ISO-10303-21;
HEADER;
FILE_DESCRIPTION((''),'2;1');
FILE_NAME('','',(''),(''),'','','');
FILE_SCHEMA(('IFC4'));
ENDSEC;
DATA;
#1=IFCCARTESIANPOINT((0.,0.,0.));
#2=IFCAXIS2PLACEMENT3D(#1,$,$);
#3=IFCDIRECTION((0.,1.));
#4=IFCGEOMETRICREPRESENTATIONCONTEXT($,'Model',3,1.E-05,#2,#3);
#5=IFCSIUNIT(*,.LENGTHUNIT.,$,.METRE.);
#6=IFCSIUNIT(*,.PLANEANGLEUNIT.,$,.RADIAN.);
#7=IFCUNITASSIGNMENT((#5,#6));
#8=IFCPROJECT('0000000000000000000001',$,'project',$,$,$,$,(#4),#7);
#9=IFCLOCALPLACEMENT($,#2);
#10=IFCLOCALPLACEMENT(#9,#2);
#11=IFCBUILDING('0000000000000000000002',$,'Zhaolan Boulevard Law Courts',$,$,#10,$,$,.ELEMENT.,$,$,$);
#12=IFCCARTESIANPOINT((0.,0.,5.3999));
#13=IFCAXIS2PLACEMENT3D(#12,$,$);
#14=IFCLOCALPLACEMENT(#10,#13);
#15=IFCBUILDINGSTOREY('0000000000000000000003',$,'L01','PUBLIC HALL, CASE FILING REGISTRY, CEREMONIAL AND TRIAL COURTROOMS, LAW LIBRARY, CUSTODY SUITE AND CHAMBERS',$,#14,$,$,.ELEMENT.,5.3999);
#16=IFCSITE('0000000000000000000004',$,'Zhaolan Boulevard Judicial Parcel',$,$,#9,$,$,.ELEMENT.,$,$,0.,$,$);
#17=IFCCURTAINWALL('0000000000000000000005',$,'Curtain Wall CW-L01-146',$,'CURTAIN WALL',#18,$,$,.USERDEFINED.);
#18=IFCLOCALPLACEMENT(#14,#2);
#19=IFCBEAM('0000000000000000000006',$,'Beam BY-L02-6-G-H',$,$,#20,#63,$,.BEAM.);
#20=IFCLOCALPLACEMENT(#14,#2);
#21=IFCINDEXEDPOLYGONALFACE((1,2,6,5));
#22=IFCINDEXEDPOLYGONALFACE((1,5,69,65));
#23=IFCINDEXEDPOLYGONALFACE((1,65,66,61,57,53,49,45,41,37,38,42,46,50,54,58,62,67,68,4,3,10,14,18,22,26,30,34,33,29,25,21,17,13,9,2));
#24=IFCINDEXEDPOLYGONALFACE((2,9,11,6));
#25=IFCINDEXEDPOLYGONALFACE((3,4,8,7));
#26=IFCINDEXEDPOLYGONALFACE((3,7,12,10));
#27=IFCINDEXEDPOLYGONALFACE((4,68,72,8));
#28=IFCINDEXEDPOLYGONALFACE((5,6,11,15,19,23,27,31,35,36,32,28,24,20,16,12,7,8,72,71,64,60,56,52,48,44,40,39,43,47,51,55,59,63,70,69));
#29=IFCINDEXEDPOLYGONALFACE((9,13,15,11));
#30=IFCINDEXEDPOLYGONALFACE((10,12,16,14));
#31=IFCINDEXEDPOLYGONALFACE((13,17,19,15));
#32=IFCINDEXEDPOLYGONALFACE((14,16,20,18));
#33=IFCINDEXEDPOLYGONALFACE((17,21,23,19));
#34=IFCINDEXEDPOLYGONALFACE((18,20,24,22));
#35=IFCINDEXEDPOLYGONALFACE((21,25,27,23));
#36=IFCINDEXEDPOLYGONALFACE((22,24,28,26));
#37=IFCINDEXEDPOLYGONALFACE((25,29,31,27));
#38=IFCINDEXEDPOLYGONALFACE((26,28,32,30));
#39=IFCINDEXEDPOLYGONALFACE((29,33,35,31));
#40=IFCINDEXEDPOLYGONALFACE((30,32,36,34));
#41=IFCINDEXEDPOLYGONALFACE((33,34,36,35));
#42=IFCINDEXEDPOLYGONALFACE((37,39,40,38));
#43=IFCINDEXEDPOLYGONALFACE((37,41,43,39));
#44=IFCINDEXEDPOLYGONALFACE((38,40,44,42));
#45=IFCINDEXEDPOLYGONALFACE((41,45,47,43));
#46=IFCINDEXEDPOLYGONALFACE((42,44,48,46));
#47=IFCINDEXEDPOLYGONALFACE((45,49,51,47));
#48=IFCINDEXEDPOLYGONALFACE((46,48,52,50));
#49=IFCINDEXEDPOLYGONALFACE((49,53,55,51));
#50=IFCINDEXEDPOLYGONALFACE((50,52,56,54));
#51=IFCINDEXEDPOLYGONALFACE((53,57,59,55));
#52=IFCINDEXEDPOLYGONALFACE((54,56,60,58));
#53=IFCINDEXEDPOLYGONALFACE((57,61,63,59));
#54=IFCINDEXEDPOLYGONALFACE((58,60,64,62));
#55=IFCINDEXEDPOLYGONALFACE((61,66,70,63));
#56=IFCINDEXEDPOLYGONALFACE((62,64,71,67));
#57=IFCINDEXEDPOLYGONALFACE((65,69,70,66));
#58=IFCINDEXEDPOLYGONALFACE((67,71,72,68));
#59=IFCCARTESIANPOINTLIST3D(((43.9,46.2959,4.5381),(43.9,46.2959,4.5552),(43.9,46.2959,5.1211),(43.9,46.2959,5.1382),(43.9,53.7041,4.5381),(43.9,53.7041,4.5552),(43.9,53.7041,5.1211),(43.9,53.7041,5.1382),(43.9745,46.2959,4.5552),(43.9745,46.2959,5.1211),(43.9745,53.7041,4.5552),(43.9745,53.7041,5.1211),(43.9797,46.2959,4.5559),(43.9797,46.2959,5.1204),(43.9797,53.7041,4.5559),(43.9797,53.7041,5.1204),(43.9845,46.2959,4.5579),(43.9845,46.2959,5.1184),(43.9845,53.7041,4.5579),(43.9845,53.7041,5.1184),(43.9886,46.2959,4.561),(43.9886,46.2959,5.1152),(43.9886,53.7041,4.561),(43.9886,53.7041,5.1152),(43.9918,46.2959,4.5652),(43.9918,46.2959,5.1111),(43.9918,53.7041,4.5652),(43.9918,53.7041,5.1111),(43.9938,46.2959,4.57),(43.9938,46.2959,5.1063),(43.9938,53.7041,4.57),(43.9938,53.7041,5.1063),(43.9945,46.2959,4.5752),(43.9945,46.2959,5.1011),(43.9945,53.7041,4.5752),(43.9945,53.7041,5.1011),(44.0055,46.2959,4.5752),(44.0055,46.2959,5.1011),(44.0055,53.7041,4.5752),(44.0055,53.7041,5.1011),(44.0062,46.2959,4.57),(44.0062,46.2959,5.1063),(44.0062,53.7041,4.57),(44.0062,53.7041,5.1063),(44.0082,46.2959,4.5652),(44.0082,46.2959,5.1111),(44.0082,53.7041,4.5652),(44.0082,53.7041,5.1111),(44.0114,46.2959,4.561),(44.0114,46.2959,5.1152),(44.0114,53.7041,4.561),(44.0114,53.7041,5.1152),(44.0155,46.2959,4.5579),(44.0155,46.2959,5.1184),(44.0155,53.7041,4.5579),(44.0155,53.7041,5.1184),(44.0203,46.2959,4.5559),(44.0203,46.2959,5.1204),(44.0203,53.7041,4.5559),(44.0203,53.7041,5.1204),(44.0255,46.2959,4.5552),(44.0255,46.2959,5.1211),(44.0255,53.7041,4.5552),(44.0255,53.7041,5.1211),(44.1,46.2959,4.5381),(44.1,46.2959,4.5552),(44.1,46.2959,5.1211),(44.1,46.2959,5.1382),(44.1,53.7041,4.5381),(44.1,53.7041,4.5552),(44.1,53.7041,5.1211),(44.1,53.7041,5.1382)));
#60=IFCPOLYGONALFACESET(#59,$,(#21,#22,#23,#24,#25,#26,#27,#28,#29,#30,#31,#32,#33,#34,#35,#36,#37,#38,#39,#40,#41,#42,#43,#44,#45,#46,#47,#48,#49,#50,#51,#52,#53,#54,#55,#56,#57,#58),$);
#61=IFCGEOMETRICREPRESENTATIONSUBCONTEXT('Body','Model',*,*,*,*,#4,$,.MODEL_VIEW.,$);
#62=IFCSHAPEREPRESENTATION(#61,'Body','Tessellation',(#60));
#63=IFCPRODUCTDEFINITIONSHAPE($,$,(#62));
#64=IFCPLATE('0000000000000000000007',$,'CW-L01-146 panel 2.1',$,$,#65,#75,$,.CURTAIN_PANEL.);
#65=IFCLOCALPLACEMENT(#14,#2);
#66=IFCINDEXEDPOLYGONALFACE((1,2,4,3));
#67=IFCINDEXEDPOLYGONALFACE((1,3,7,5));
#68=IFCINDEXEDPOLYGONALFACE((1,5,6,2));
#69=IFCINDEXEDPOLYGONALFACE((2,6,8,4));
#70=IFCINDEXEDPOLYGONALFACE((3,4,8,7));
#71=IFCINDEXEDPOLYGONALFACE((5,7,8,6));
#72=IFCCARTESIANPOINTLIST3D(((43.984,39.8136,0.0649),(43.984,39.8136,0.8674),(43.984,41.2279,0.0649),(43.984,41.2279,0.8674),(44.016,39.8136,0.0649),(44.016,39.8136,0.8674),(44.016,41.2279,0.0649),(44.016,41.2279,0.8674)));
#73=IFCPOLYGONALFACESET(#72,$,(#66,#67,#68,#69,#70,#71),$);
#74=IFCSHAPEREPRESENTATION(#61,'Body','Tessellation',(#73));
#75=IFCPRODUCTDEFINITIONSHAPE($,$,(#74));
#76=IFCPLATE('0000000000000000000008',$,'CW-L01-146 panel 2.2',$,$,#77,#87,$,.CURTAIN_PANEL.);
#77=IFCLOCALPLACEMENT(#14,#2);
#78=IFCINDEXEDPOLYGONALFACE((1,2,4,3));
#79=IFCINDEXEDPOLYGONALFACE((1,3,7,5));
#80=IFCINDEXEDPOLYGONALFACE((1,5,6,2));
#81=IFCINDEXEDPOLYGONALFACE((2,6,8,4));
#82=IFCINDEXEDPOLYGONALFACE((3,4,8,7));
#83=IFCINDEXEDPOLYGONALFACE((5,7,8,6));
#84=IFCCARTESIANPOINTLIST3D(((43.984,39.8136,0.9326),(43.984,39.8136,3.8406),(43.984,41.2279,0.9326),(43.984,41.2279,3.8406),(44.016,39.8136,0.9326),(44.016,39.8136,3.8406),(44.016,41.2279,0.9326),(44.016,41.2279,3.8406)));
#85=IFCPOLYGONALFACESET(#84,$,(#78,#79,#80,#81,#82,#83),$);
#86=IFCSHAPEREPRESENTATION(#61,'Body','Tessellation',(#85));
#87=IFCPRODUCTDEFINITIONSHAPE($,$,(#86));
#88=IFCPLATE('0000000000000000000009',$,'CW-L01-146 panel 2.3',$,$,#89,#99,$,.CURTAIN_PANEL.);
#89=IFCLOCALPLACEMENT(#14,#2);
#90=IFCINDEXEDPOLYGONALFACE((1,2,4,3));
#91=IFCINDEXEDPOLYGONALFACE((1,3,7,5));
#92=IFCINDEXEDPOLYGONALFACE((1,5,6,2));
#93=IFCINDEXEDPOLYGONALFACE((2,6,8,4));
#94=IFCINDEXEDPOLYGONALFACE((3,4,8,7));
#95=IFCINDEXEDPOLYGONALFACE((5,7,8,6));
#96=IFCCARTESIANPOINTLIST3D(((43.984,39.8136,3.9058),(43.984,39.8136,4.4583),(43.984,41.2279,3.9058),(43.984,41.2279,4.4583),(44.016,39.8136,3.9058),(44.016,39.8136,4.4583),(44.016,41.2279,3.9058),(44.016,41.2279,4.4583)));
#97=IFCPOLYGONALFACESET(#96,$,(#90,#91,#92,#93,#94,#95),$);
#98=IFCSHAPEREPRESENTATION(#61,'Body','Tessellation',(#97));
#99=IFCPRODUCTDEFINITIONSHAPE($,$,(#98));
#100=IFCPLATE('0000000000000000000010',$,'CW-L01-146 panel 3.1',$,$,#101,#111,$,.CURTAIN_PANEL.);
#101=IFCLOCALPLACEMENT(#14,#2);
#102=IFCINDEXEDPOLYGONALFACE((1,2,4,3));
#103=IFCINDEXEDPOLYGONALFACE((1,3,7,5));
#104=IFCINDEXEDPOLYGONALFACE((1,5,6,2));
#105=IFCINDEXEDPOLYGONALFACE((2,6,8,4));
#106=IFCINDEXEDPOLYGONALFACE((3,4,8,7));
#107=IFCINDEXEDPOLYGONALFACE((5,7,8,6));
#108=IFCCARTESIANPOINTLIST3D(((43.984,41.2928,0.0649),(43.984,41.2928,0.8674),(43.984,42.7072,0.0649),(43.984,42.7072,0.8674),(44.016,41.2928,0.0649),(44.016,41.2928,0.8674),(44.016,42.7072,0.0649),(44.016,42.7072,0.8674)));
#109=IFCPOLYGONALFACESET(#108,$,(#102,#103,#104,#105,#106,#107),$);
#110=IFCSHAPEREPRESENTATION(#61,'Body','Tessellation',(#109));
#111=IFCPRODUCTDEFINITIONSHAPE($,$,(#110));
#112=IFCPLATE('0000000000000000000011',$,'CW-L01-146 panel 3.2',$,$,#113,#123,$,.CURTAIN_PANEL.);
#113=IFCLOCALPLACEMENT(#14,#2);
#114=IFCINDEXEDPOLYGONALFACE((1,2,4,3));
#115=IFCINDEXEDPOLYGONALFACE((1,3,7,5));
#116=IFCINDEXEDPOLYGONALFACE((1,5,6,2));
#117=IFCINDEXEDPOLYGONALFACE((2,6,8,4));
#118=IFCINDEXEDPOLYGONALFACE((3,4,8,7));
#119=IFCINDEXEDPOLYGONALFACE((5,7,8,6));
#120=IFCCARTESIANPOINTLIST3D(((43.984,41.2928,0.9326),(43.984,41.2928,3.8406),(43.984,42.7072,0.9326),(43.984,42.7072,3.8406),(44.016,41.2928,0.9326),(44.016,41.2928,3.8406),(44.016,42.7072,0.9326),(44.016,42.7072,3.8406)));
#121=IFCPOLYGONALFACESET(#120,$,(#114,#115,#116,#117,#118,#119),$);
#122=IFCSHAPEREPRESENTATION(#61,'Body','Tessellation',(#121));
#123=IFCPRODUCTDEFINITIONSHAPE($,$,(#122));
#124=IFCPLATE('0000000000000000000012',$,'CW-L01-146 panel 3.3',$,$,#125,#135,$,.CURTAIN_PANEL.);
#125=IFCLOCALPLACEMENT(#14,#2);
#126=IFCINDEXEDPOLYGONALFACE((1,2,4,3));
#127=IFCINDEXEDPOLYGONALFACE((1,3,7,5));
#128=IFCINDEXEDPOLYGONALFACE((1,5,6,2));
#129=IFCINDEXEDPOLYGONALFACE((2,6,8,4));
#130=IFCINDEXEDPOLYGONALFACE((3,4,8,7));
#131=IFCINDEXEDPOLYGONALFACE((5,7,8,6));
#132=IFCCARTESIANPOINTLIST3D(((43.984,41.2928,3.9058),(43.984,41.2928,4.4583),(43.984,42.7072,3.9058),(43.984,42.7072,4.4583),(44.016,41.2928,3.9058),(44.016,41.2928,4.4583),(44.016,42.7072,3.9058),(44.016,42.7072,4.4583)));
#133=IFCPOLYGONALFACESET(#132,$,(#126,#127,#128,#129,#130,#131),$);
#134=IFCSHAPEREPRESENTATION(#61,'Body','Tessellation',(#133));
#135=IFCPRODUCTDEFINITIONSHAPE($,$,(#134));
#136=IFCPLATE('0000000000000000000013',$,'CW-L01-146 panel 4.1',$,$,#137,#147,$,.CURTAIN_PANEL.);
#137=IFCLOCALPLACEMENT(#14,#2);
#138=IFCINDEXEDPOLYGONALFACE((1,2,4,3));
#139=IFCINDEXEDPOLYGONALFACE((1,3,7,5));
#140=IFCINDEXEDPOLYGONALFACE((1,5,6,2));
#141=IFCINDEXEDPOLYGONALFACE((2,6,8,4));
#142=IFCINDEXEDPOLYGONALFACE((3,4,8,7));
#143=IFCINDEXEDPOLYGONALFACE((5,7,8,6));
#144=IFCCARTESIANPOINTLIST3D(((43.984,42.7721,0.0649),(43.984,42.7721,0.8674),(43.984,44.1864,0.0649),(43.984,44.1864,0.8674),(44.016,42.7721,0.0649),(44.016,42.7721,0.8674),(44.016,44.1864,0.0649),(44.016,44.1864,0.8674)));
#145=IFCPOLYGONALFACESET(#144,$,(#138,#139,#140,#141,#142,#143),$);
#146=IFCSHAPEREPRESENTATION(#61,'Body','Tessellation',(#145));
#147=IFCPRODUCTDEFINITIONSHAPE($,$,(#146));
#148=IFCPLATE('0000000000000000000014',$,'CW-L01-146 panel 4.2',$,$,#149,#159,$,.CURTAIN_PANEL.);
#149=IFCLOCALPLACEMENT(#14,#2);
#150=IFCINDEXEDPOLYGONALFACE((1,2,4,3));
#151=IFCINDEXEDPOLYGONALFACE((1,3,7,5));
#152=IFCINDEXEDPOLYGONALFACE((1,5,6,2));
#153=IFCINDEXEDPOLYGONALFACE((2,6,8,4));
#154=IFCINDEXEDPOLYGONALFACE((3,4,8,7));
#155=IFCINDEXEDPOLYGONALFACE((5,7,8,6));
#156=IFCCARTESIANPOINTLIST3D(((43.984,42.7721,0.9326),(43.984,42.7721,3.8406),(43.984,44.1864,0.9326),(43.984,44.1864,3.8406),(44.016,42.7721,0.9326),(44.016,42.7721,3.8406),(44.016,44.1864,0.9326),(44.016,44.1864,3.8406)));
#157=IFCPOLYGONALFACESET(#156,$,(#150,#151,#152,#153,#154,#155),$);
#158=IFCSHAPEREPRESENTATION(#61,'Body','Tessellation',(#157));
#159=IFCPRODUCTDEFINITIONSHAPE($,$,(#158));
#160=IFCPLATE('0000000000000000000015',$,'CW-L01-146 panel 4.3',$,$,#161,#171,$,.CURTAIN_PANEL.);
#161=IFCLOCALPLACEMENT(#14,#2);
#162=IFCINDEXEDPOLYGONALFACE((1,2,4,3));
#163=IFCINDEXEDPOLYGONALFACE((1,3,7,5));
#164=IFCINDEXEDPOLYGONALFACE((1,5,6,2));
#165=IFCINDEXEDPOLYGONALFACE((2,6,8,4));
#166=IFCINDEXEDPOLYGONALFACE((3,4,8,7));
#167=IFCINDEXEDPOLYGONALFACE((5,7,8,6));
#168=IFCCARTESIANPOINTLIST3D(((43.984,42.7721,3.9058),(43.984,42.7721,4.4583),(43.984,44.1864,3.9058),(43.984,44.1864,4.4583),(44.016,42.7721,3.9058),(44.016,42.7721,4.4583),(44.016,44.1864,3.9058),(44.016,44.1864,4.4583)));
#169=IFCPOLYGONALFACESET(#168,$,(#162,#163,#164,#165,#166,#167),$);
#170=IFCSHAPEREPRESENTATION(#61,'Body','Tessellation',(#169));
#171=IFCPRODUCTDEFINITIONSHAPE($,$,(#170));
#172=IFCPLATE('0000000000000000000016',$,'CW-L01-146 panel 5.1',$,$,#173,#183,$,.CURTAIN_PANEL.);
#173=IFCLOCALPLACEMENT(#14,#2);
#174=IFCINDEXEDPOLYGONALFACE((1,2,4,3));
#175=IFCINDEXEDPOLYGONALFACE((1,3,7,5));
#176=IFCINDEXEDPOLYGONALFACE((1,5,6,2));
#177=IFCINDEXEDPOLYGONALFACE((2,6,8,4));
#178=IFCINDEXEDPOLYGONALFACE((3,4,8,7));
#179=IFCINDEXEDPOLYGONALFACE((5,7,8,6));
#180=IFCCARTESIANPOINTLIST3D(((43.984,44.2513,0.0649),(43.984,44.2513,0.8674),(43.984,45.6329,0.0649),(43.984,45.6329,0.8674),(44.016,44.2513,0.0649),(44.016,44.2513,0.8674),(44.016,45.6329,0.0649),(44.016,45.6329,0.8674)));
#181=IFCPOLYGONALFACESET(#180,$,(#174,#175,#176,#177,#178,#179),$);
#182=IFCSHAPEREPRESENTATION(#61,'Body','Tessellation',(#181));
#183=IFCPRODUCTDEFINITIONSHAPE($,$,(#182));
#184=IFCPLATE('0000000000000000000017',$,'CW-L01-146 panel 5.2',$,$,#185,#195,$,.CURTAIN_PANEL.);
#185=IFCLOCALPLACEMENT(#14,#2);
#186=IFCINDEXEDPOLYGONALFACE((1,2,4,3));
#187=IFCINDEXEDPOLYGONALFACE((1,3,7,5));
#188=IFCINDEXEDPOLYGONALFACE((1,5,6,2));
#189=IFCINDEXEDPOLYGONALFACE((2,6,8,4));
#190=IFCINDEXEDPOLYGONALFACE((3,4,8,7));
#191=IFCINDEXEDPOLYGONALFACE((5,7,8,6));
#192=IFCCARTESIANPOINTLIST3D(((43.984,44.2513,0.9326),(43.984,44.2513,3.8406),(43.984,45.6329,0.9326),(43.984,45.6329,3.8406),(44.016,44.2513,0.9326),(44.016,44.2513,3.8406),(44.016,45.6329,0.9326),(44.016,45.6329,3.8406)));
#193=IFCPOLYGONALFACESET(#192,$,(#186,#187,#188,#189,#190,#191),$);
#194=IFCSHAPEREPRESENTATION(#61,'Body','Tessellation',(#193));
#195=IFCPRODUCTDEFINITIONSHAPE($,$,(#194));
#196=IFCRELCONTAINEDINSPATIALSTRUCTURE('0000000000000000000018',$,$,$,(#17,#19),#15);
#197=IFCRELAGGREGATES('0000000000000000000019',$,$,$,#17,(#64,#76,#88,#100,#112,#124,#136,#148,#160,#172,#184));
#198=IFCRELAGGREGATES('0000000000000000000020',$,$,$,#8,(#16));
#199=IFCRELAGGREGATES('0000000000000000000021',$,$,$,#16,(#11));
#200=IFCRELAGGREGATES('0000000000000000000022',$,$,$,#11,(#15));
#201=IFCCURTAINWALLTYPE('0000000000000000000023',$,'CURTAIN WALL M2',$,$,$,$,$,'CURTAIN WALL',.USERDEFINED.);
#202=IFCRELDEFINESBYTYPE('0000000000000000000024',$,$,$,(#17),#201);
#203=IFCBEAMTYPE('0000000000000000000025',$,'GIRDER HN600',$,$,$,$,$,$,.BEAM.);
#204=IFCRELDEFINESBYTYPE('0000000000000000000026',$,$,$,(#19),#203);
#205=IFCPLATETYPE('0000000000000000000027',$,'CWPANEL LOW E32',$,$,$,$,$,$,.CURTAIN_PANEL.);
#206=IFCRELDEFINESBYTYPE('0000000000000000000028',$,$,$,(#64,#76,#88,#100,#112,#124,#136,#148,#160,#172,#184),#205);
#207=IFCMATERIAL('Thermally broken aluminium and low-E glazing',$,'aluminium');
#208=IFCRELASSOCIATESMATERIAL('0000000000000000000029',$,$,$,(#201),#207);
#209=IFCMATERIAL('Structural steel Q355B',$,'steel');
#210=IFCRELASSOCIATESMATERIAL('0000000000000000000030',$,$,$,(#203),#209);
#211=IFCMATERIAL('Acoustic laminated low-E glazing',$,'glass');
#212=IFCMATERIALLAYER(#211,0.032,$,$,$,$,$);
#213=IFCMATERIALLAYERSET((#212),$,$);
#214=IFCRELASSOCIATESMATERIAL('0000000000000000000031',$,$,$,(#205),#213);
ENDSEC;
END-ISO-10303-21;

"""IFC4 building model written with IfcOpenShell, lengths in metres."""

from ifc_helpers import new_model, si_unit, direction, frame, origin, origin_2d, place, context, subcontext, project, spatial, rectangle, i_section, extrude, material, layer, layer_set, material_profile, profile_set, type_object, element, aggregate, save


model = new_model("IFC4")

# Units and contexts
model_context = context("Model", 3, precision=1e-05, world=origin(), true_north=direction((0.0, 1.0)))
body_context = subcontext(model_context, "Body", "Model", "MODEL_VIEW")
ifc_project = project(units=[si_unit("LENGTHUNIT", "METRE"), si_unit("PLANEANGLEUNIT", "RADIAN")], contexts=[model_context])

# Site, building, storey
site_placement = place(None, origin())
site = spatial("IfcSite", under=ifc_project, at=site_placement, Name="Zhaolan Boulevard Judicial Parcel", CompositionType="ELEMENT", RefElevation=0.0)
building_placement = place(site_placement, origin())
building = spatial("IfcBuilding", under=site, at=building_placement, Name="Zhaolan Boulevard Law Courts", CompositionType="ELEMENT")
storey_placement = place(building_placement, frame((0.0, 0.0, 5.3999)))
storey = spatial("IfcBuildingStorey", under=building, at=storey_placement, Name="L01", Description="PUBLIC HALL, CASE FILING REGISTRY, CEREMONIAL AND TRIAL COURTROOMS, LAW LIBRARY, CUSTODY SUITE AND CHAMBERS", CompositionType="ELEMENT", Elevation=5.3999)

# Curtain wall
ifc_material_1 = material(Name="Thermally broken aluminium and low-E glazing", Category="aluminium")
curtain_wall_type_1 = type_object("IfcCurtainWallType", Name="CURTAIN WALL M2", ElementType="CURTAIN WALL", PredefinedType="USERDEFINED", material=ifc_material_1)
curtain_wall_1_placement = place(storey_placement, origin())
curtain_wall_1 = element("IfcCurtainWall", 1, at=curtain_wall_1_placement, inside=storey, type_object=curtain_wall_type_1, Name="Curtain Wall CW-L01-146", ObjectType="CURTAIN WALL", PredefinedType="USERDEFINED")

# Beam
ifc_material_2 = material(Name="Structural steel Q355B", Category="steel")
ifc_material_profile_1 = material_profile(ifc_material_2, i_section(OverallWidth=0.2, OverallDepth=0.6001, WebThickness=0.011, FlangeThickness=0.0171, FilletRadius=0.02, at=origin_2d()), Name="HN600x200")
ifc_profile_set_1 = profile_set([ifc_material_profile_1], Name="Structural steel Q355B")
beam_type = type_object("IfcBeamType", Name="GIRDER HN600", PredefinedType="BEAM", material=ifc_profile_set_1)
beam_placement = place(storey_placement, frame((44.0, 46.2959, 4.8381), z_axis=(0.0, 1.0, 0.0), x_axis=(-1.0, 0.0, 0.0)))
element("IfcBeam", 2, at=beam_placement, inside=storey, type_object=beam_type, Name="Beam BY-L02-6-G-H", PredefinedType="BEAM", context=body_context, shape_type="SweptSolid", body=[
    extrude(i_section(OverallWidth=0.2, OverallDepth=0.6001, WebThickness=0.011, FlangeThickness=0.0171, FilletRadius=0.02, at=origin_2d()), origin(), (0.0, 0.0, 1.0), 7.4082),
])

# Plates
ifc_material_3 = material(Name="Acoustic laminated low-E glazing", Category="glass")
ifc_layer_1 = layer(ifc_material_3, 0.032)
ifc_layer_set_1 = layer_set([ifc_layer_1])
plate_type_1 = type_object("IfcPlateType", Name="CWPANEL LOW E32", PredefinedType="CURTAIN_PANEL", material=ifc_layer_set_1)
plate_1_placement = place(storey_placement, frame((44.0, 40.5208, 0.0649), z_axis=(0.0, 0.0, 1.0), x_axis=(0.0, 1.0, 0.0)))
plate_1 = element("IfcPlate", 3, at=plate_1_placement, type_object=plate_type_1, Name="CW-L01-146 panel 2.1", PredefinedType="CURTAIN_PANEL", context=body_context, shape_type="SweptSolid", body=[
    extrude(rectangle(XDim=1.4143, YDim=0.032, at=origin_2d()), origin(), (0.0, 0.0, 1.0), 0.8025),
])
plate_2_placement = place(storey_placement, frame((44.0, 40.5208, 0.9326), z_axis=(0.0, 0.0, 1.0), x_axis=(0.0, 1.0, 0.0)))
plate_2 = element("IfcPlate", 4, at=plate_2_placement, type_object=plate_type_1, Name="CW-L01-146 panel 2.2", PredefinedType="CURTAIN_PANEL", context=body_context, shape_type="SweptSolid", body=[
    extrude(rectangle(XDim=1.4143, YDim=0.032, at=origin_2d()), origin(), (0.0, 0.0, 1.0), 2.908),
])
plate_3_placement = place(storey_placement, frame((44.0, 40.5208, 3.9058), z_axis=(0.0, 0.0, 1.0), x_axis=(0.0, 1.0, 0.0)))
plate_3 = element("IfcPlate", 5, at=plate_3_placement, type_object=plate_type_1, Name="CW-L01-146 panel 2.3", PredefinedType="CURTAIN_PANEL", context=body_context, shape_type="SweptSolid", body=[
    extrude(rectangle(XDim=1.4143, YDim=0.032, at=origin_2d()), origin(), (0.0, 0.0, 1.0), 0.5525),
])
plate_4_placement = place(storey_placement, frame((44.0, 42.0, 0.0649), z_axis=(0.0, 0.0, 1.0), x_axis=(0.0, 1.0, 0.0)))
plate_4 = element("IfcPlate", 6, at=plate_4_placement, type_object=plate_type_1, Name="CW-L01-146 panel 3.1", PredefinedType="CURTAIN_PANEL", context=body_context, shape_type="SweptSolid", body=[
    extrude(rectangle(XDim=1.4143, YDim=0.032, at=origin_2d()), origin(), (0.0, 0.0, 1.0), 0.8025),
])
plate_5_placement = place(storey_placement, frame((44.0, 42.0, 0.9326), z_axis=(0.0, 0.0, 1.0), x_axis=(0.0, 1.0, 0.0)))
plate_5 = element("IfcPlate", 7, at=plate_5_placement, type_object=plate_type_1, Name="CW-L01-146 panel 3.2", PredefinedType="CURTAIN_PANEL", context=body_context, shape_type="SweptSolid", body=[
    extrude(rectangle(XDim=1.4143, YDim=0.032, at=origin_2d()), origin(), (0.0, 0.0, 1.0), 2.908),
])
plate_6_placement = place(storey_placement, frame((44.0, 42.0, 3.9058), z_axis=(0.0, 0.0, 1.0), x_axis=(0.0, 1.0, 0.0)))
plate_6 = element("IfcPlate", 8, at=plate_6_placement, type_object=plate_type_1, Name="CW-L01-146 panel 3.3", PredefinedType="CURTAIN_PANEL", context=body_context, shape_type="SweptSolid", body=[
    extrude(rectangle(XDim=1.4143, YDim=0.032, at=origin_2d()), origin(), (0.0, 0.0, 1.0), 0.5525),
])
plate_7_placement = place(storey_placement, frame((44.0, 43.4792, 0.0649), z_axis=(0.0, 0.0, 1.0), x_axis=(0.0, 1.0, 0.0)))
plate_7 = element("IfcPlate", 9, at=plate_7_placement, type_object=plate_type_1, Name="CW-L01-146 panel 4.1", PredefinedType="CURTAIN_PANEL", context=body_context, shape_type="SweptSolid", body=[
    extrude(rectangle(XDim=1.4143, YDim=0.032, at=origin_2d()), origin(), (0.0, 0.0, 1.0), 0.8025),
])
plate_8_placement = place(storey_placement, frame((44.0, 43.4792, 0.9326), z_axis=(0.0, 0.0, 1.0), x_axis=(0.0, 1.0, 0.0)))
plate_8 = element("IfcPlate", 10, at=plate_8_placement, type_object=plate_type_1, Name="CW-L01-146 panel 4.2", PredefinedType="CURTAIN_PANEL", context=body_context, shape_type="SweptSolid", body=[
    extrude(rectangle(XDim=1.4143, YDim=0.032, at=origin_2d()), origin(), (0.0, 0.0, 1.0), 2.908),
])
plate_9_placement = place(storey_placement, frame((44.0, 43.4792, 3.9058), z_axis=(0.0, 0.0, 1.0), x_axis=(0.0, 1.0, 0.0)))
plate_9 = element("IfcPlate", 11, at=plate_9_placement, type_object=plate_type_1, Name="CW-L01-146 panel 4.3", PredefinedType="CURTAIN_PANEL", context=body_context, shape_type="SweptSolid", body=[
    extrude(rectangle(XDim=1.4143, YDim=0.032, at=origin_2d()), origin(), (0.0, 0.0, 1.0), 0.5525),
])
plate_10_placement = place(storey_placement, frame((44.0, 44.9421, 0.0649), z_axis=(0.0, 0.0, 1.0), x_axis=(0.0, 1.0, 0.0)))
plate_10 = element("IfcPlate", 12, at=plate_10_placement, type_object=plate_type_1, Name="CW-L01-146 panel 5.1", PredefinedType="CURTAIN_PANEL", context=body_context, shape_type="SweptSolid", body=[
    extrude(rectangle(XDim=1.3816, YDim=0.032, at=origin_2d()), origin(), (0.0, 0.0, 1.0), 0.8025),
])
plate_11_placement = place(storey_placement, frame((44.0, 44.9421, 0.9326), z_axis=(0.0, 0.0, 1.0), x_axis=(0.0, 1.0, 0.0)))
plate_11 = element("IfcPlate", 13, at=plate_11_placement, type_object=plate_type_1, Name="CW-L01-146 panel 5.2", PredefinedType="CURTAIN_PANEL", context=body_context, shape_type="SweptSolid", body=[
    extrude(rectangle(XDim=1.3816, YDim=0.032, at=origin_2d()), origin(), (0.0, 0.0, 1.0), 2.908),
])
aggregate(curtain_wall_1, [plate_1, plate_2, plate_3, plate_4, plate_5, plate_6, plate_7, plate_8, plate_9, plate_10, plate_11])

save(model, "model.ifc")
